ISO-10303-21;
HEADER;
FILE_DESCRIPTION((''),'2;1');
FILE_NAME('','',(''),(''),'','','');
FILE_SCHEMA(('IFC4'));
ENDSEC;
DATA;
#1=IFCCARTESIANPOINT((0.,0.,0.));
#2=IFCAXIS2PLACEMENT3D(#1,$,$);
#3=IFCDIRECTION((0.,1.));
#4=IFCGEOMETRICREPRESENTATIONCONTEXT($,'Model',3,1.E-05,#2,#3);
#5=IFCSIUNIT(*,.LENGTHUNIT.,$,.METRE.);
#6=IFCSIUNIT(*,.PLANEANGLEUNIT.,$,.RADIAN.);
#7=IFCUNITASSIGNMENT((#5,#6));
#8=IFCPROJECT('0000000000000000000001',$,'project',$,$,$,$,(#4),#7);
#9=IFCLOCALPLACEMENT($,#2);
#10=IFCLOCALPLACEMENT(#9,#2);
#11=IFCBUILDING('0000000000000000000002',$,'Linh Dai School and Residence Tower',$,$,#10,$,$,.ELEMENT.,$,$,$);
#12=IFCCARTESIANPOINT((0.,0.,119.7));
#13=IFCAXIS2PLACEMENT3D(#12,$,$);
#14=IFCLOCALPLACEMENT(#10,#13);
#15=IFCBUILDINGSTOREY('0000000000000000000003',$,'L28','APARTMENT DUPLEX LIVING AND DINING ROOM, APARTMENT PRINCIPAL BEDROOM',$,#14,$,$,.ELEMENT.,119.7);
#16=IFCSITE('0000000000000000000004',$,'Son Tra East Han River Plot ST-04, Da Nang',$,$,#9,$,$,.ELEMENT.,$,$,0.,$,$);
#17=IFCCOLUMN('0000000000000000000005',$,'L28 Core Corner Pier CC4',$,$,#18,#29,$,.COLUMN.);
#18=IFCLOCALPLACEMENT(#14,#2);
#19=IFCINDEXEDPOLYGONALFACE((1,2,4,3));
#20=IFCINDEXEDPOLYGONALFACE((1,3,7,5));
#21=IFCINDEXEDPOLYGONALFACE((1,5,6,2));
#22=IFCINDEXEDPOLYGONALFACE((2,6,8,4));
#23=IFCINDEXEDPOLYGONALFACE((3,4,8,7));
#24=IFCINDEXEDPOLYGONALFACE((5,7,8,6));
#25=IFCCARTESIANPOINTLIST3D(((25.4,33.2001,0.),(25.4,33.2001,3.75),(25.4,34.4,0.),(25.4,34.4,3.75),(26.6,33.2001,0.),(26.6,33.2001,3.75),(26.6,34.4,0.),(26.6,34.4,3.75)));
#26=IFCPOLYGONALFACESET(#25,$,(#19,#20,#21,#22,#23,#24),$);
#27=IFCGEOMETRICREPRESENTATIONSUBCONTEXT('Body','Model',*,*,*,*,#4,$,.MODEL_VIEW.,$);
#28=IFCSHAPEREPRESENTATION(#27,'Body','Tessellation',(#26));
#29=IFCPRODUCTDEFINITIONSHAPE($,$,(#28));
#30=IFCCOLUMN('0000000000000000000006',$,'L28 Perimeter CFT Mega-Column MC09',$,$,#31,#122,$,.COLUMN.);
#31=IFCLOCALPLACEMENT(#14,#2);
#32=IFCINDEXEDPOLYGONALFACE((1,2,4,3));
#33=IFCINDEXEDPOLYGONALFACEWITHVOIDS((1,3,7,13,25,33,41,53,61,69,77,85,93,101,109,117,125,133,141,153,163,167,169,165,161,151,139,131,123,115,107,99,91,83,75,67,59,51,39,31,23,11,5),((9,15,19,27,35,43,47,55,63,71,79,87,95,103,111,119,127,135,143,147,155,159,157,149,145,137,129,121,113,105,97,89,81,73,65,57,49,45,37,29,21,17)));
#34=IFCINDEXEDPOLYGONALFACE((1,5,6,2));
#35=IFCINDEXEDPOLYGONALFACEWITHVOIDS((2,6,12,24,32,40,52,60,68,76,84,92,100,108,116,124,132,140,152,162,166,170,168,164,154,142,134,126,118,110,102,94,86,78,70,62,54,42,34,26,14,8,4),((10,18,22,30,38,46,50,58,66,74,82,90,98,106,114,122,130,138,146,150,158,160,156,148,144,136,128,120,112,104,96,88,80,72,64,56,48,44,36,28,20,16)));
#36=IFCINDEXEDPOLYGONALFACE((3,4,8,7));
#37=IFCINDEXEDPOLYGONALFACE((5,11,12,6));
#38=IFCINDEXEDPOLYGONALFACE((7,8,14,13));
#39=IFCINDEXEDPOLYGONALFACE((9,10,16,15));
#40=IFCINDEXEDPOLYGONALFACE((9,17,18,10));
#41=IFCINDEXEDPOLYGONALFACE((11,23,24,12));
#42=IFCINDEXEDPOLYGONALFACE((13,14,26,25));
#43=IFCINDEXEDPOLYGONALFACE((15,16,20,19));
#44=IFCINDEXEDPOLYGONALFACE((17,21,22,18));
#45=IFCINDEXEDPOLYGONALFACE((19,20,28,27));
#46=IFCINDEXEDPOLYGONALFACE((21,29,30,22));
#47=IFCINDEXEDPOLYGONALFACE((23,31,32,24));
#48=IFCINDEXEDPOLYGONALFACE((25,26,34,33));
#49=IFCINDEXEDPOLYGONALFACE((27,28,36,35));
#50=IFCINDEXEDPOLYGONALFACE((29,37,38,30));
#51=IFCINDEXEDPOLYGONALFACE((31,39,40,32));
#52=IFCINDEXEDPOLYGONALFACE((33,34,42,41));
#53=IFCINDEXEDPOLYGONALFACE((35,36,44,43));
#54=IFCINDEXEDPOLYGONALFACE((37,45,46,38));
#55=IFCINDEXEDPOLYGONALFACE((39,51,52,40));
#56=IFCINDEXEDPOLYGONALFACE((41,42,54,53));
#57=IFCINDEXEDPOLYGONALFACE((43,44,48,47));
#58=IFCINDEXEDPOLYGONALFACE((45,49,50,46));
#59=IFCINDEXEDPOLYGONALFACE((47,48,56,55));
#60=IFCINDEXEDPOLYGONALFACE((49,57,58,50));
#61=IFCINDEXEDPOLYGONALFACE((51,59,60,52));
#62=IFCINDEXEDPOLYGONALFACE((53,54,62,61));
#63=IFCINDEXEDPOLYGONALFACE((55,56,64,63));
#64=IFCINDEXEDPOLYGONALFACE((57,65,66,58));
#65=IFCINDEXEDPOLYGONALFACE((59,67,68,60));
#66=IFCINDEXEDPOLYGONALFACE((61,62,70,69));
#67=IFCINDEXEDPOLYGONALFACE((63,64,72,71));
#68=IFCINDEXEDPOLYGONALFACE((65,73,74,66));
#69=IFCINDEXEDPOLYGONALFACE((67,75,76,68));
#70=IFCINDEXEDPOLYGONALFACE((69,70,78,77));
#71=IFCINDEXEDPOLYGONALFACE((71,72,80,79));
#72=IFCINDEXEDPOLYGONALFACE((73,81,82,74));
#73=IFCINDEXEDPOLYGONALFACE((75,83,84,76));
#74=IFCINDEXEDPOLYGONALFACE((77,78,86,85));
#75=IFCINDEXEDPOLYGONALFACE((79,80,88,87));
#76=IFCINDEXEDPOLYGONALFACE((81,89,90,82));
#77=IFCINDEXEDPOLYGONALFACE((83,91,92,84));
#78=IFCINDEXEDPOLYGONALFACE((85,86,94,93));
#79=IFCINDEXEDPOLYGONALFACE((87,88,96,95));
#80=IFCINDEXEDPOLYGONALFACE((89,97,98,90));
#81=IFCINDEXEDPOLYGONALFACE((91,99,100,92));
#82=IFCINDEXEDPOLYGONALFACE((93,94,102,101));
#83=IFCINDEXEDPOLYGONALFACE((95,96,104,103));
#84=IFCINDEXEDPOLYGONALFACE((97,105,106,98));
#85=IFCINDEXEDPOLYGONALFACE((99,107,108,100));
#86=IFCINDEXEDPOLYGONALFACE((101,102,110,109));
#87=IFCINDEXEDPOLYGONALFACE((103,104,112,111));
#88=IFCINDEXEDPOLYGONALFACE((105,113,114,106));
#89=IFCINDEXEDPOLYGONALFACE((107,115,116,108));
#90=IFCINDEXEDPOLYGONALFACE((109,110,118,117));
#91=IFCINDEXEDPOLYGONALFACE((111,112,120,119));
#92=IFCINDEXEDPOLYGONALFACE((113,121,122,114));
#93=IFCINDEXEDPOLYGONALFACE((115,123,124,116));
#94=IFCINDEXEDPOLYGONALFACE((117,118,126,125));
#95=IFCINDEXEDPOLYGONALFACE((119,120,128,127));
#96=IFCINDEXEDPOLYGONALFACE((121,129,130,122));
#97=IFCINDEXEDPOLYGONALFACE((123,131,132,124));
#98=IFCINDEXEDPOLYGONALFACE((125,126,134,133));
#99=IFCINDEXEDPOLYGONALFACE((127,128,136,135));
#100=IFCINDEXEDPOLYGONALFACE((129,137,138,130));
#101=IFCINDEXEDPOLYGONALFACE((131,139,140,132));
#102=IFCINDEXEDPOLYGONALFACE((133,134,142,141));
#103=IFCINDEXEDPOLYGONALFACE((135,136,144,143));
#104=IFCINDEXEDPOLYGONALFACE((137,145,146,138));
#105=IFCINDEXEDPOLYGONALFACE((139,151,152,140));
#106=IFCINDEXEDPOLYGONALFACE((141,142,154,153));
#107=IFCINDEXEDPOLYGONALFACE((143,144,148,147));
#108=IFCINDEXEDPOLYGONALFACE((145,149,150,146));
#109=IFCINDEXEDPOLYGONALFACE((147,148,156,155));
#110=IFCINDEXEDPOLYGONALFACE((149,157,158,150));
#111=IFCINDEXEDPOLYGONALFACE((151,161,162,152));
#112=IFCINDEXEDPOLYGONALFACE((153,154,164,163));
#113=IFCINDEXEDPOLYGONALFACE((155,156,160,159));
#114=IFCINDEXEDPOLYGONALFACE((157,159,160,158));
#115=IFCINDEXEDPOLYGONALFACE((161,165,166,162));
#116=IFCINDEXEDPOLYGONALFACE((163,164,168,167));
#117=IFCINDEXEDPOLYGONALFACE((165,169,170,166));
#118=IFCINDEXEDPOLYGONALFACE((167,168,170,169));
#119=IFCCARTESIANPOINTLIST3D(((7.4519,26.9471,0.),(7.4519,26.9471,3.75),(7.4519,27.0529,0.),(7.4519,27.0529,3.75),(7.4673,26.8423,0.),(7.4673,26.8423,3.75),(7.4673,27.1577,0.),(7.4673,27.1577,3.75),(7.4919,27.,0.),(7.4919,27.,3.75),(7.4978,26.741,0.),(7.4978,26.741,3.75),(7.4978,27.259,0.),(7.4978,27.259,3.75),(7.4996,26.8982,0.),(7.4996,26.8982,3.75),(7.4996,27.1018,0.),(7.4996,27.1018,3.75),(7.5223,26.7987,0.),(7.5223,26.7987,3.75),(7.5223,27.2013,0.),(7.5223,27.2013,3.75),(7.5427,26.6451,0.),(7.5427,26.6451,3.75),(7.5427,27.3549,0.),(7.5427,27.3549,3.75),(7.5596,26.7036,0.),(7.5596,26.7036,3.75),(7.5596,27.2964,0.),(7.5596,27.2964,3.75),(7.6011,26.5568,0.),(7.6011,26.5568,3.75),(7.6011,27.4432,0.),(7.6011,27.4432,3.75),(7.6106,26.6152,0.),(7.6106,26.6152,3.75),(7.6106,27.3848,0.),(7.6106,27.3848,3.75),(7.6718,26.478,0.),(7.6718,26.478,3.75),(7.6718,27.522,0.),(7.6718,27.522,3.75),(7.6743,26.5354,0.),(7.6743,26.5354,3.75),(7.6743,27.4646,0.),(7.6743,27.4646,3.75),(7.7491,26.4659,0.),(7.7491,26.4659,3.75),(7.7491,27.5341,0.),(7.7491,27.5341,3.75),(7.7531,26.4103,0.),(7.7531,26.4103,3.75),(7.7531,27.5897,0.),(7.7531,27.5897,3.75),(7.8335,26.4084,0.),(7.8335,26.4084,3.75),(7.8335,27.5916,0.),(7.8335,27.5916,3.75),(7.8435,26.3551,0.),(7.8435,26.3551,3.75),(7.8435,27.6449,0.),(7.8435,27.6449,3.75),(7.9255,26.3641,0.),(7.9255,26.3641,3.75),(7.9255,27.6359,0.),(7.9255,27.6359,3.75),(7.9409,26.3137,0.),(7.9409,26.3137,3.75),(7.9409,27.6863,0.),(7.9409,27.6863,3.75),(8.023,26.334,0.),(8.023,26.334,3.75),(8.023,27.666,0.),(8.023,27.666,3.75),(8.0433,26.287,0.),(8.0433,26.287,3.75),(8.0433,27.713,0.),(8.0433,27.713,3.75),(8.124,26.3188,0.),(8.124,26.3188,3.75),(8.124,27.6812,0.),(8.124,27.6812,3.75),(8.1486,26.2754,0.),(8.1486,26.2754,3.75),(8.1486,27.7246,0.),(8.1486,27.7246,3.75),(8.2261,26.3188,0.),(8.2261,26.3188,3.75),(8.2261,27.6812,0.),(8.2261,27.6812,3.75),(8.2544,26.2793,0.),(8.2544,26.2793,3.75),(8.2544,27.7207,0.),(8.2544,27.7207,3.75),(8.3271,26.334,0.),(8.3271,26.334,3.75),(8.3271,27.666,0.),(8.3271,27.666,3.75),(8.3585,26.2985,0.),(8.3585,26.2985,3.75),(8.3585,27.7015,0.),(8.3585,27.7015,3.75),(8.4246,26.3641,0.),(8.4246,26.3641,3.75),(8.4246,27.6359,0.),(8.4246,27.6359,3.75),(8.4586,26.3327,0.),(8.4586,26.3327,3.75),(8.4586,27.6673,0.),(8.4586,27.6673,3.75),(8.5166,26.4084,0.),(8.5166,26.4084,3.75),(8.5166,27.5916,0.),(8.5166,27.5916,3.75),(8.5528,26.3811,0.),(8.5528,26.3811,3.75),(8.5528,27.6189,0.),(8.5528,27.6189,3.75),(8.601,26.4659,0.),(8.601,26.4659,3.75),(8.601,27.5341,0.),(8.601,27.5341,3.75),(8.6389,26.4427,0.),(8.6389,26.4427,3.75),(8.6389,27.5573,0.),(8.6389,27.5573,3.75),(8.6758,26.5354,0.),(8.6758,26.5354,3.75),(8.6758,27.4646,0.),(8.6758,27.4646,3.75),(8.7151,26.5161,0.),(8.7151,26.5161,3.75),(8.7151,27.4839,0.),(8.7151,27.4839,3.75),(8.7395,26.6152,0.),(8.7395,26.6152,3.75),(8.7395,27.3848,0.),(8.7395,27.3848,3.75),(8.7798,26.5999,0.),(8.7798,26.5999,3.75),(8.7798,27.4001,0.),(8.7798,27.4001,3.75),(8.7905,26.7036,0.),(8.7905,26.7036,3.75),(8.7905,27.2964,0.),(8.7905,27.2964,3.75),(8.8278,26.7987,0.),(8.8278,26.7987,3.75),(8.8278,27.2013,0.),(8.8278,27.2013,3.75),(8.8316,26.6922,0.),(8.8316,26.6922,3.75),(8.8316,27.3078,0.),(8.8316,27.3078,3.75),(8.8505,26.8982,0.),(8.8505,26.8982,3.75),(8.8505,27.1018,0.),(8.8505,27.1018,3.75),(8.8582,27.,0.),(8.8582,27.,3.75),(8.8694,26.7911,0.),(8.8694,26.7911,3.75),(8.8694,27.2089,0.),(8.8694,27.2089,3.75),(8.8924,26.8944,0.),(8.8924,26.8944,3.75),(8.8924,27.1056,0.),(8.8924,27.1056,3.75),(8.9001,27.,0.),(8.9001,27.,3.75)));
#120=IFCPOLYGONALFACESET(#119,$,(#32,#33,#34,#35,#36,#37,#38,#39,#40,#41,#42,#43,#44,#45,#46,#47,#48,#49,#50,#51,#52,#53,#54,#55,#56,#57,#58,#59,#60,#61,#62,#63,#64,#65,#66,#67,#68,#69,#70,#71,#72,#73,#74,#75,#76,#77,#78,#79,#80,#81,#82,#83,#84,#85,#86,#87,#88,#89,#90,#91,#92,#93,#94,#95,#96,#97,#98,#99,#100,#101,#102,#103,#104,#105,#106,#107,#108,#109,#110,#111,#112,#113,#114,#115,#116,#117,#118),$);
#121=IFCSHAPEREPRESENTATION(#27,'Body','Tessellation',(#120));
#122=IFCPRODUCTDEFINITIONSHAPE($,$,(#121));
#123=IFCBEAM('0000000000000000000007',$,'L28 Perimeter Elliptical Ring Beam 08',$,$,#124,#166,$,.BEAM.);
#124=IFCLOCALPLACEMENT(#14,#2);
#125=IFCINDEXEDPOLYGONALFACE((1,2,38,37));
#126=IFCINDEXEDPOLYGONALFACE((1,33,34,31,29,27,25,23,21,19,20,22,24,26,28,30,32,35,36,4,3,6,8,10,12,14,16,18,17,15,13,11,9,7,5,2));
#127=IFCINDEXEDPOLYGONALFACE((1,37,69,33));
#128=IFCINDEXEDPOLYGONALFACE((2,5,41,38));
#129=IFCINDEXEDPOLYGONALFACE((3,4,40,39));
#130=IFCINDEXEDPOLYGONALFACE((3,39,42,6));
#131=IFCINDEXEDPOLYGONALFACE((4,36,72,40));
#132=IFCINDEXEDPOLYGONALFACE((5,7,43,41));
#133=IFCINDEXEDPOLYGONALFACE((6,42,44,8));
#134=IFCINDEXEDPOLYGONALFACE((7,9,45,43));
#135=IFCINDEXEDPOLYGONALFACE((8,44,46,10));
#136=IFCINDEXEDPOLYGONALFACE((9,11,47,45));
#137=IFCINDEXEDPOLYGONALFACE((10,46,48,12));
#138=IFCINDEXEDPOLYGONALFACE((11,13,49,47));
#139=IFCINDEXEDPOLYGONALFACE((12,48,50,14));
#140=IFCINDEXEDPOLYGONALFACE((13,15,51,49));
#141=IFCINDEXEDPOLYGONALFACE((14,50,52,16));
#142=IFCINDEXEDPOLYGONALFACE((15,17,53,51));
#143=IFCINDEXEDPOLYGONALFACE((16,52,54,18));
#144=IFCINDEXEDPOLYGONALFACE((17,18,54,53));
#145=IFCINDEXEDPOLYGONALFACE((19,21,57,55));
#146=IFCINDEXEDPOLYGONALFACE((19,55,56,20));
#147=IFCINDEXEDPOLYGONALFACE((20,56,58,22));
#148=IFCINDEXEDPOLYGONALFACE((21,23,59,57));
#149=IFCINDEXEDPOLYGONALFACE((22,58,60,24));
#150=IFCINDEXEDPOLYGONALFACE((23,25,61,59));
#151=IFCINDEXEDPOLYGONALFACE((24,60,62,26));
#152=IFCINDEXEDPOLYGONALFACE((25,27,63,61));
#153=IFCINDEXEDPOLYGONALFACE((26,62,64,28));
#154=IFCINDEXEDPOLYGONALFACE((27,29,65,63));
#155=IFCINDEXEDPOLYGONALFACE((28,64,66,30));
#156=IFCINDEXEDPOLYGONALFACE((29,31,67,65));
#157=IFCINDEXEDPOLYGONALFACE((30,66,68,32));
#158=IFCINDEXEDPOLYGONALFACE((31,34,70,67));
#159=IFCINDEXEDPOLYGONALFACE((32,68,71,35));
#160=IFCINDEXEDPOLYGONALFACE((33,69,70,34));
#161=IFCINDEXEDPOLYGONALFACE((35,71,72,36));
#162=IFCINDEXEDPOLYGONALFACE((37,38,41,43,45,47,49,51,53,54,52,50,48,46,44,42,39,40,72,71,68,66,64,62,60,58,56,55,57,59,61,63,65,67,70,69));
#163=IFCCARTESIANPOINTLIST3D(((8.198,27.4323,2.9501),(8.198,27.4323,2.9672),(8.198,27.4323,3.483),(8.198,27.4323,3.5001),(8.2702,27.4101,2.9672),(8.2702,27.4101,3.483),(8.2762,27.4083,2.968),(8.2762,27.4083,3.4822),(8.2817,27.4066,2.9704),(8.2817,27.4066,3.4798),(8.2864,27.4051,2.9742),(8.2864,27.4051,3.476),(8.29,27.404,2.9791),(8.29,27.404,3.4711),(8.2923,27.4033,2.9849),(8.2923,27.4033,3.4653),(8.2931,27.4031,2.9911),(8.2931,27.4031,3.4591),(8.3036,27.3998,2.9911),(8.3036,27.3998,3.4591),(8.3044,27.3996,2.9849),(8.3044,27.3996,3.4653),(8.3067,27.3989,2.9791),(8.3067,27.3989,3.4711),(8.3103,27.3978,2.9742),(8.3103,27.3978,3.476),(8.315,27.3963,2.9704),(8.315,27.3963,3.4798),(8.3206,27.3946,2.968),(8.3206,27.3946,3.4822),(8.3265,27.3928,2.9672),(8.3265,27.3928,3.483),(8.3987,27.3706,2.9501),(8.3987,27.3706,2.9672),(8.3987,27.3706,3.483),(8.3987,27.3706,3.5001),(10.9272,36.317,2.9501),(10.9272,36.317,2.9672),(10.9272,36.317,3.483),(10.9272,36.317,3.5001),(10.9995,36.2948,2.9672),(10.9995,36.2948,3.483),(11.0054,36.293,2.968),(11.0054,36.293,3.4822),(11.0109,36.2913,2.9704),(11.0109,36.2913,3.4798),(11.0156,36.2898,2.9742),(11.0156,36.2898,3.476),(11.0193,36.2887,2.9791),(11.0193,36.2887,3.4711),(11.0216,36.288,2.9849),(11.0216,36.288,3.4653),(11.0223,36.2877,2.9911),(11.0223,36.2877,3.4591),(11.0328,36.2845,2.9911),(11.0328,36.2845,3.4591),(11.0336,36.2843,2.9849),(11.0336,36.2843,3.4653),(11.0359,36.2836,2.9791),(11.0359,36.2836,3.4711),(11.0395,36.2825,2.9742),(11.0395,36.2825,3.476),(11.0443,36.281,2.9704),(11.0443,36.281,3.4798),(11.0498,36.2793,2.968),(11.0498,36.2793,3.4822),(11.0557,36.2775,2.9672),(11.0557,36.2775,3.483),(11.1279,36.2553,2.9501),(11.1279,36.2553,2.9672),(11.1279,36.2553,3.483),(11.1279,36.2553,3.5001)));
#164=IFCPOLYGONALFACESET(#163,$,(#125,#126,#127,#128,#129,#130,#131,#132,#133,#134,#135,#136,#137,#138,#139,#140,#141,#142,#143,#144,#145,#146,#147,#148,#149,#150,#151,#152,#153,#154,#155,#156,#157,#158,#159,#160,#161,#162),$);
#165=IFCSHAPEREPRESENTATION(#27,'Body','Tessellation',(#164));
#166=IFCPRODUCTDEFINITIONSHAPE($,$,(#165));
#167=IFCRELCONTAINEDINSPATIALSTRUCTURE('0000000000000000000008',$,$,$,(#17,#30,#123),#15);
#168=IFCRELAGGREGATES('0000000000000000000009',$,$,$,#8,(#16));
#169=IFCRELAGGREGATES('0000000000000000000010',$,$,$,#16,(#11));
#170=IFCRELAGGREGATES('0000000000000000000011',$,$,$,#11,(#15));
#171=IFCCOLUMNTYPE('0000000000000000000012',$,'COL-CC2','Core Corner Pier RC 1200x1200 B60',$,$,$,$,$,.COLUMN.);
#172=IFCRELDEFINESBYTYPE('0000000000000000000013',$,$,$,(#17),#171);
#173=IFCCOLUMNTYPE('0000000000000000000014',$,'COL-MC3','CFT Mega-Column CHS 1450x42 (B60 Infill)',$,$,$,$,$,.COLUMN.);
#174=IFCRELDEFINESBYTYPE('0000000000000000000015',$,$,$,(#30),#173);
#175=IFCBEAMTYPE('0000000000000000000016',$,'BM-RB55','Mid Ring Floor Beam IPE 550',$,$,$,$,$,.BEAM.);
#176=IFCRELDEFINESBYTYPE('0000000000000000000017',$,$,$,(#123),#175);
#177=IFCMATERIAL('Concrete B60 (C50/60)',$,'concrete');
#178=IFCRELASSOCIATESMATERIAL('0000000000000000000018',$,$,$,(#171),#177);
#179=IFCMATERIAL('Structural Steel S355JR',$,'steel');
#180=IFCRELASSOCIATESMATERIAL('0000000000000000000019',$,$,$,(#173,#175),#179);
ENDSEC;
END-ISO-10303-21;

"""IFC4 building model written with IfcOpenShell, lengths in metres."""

from ifc_helpers import new_model, si_unit, direction, frame, origin, origin_2d, place, context, subcontext, project, spatial, rectangle, hollow_circle, i_section, extrude, material, material_profile, profile_set, type_object, element, save


model = new_model("IFC4")

# Units and contexts
model_context = context("Model", 3, precision=1e-05, world=origin(), true_north=direction((0.0, 1.0)))
body_context = subcontext(model_context, "Body", "Model", "MODEL_VIEW")
ifc_project = project(units=[si_unit("LENGTHUNIT", "METRE"), si_unit("PLANEANGLEUNIT", "RADIAN")], contexts=[model_context])

# Site, building, storey
site_placement = place(None, origin())
site = spatial("IfcSite", under=ifc_project, at=site_placement, Name="Son Tra East Han River Plot ST-04, Da Nang", CompositionType="ELEMENT", RefElevation=0.0)
building_placement = place(site_placement, origin())
building = spatial("IfcBuilding", under=site, at=building_placement, Name="Linh Dai School and Residence Tower", CompositionType="ELEMENT")
storey_placement = place(building_placement, frame((0.0, 0.0, 119.7)))
storey = spatial("IfcBuildingStorey", under=building, at=storey_placement, Name="L28", Description="APARTMENT DUPLEX LIVING AND DINING ROOM, APARTMENT PRINCIPAL BEDROOM", CompositionType="ELEMENT", Elevation=119.7)

# Columns
ifc_material_1 = material(Name="Concrete B60 (C50/60)", Category="concrete")
ifc_material_profile_1 = material_profile(ifc_material_1, rectangle(XDim=1.2, YDim=1.2, at=origin_2d()), Name="RC 1200x1200")
ifc_profile_set_1 = profile_set([ifc_material_profile_1], Name="Concrete B60 (C50/60)")
column_type_1 = type_object("IfcColumnType", Name="COL-CC2", Description="Core Corner Pier RC 1200x1200 B60", PredefinedType="COLUMN", material=ifc_profile_set_1)
column_1_placement = place(storey_placement, frame((26.0, 33.8, 0.0), z_axis=(0.0, 0.0, 1.0), x_axis=(1.0, 0.0, 0.0)))
element("IfcColumn", 1, at=column_1_placement, inside=storey, type_object=column_type_1, Name="L28 Core Corner Pier CC4", PredefinedType="COLUMN", context=body_context, shape_type="SweptSolid", body=[
    extrude(rectangle(XDim=1.2, YDim=1.2, at=origin_2d()), origin(), (0.0, 0.0, 1.0), 3.75),
])
ifc_material_2 = material(Name="Structural Steel S355JR", Category="steel")
ifc_material_profile_2 = material_profile(ifc_material_2, hollow_circle(Radius=0.7251, WallThickness=0.042, at=origin_2d()), Name="CHS 1450x42")
ifc_profile_set_2 = profile_set([ifc_material_profile_2], Name="Structural Steel S355JR")
column_type_2 = type_object("IfcColumnType", Name="COL-MC3", Description="CFT Mega-Column CHS 1450x42 (B60 Infill)", PredefinedType="COLUMN", material=ifc_profile_set_2)
column_2_placement = place(storey_placement, frame((8.175, 27.0, 0.0), z_axis=(0.0, 0.0, 1.0), x_axis=(1.0, 0.0, 0.0)))
element("IfcColumn", 2, at=column_2_placement, inside=storey, type_object=column_type_2, Name="L28 Perimeter CFT Mega-Column MC09", PredefinedType="COLUMN", context=body_context, shape_type="SweptSolid", body=[
    extrude(hollow_circle(Radius=0.7251, WallThickness=0.042, at=origin_2d()), origin(), (0.0, 0.0, 1.0), 3.75),
])

# Beam
ifc_material_profile_3 = material_profile(ifc_material_2, i_section(OverallWidth=0.21, OverallDepth=0.55, WebThickness=0.011, FlangeThickness=0.0171, FilletRadius=0.0239, at=origin_2d()), Name="IPE 550")
ifc_profile_set_3 = profile_set([ifc_material_profile_3], Name="Structural Steel S355JR")
beam_type_1 = type_object("IfcBeamType", Name="BM-RB55", Description="Mid Ring Floor Beam IPE 550", PredefinedType="BEAM", material=ifc_profile_set_3)
beam_1_placement = place(storey_placement, frame((11.0276, 36.2861, 3.2251), z_axis=(-0.293641, -0.955916, 0.0), x_axis=(0.955916, -0.293641, 0.0)))
element("IfcBeam", 3, at=beam_1_placement, inside=storey, type_object=beam_type_1, Name="L28 Perimeter Elliptical Ring Beam 08", PredefinedType="BEAM", context=body_context, shape_type="SweptSolid", body=[
    extrude(i_section(OverallWidth=0.21, OverallDepth=0.55, WebThickness=0.011, FlangeThickness=0.0171, FilletRadius=0.0239, at=origin_2d()), origin(), (0.0, 0.0, 1.0), 9.2944),
])

save(model, "model.ifc")
